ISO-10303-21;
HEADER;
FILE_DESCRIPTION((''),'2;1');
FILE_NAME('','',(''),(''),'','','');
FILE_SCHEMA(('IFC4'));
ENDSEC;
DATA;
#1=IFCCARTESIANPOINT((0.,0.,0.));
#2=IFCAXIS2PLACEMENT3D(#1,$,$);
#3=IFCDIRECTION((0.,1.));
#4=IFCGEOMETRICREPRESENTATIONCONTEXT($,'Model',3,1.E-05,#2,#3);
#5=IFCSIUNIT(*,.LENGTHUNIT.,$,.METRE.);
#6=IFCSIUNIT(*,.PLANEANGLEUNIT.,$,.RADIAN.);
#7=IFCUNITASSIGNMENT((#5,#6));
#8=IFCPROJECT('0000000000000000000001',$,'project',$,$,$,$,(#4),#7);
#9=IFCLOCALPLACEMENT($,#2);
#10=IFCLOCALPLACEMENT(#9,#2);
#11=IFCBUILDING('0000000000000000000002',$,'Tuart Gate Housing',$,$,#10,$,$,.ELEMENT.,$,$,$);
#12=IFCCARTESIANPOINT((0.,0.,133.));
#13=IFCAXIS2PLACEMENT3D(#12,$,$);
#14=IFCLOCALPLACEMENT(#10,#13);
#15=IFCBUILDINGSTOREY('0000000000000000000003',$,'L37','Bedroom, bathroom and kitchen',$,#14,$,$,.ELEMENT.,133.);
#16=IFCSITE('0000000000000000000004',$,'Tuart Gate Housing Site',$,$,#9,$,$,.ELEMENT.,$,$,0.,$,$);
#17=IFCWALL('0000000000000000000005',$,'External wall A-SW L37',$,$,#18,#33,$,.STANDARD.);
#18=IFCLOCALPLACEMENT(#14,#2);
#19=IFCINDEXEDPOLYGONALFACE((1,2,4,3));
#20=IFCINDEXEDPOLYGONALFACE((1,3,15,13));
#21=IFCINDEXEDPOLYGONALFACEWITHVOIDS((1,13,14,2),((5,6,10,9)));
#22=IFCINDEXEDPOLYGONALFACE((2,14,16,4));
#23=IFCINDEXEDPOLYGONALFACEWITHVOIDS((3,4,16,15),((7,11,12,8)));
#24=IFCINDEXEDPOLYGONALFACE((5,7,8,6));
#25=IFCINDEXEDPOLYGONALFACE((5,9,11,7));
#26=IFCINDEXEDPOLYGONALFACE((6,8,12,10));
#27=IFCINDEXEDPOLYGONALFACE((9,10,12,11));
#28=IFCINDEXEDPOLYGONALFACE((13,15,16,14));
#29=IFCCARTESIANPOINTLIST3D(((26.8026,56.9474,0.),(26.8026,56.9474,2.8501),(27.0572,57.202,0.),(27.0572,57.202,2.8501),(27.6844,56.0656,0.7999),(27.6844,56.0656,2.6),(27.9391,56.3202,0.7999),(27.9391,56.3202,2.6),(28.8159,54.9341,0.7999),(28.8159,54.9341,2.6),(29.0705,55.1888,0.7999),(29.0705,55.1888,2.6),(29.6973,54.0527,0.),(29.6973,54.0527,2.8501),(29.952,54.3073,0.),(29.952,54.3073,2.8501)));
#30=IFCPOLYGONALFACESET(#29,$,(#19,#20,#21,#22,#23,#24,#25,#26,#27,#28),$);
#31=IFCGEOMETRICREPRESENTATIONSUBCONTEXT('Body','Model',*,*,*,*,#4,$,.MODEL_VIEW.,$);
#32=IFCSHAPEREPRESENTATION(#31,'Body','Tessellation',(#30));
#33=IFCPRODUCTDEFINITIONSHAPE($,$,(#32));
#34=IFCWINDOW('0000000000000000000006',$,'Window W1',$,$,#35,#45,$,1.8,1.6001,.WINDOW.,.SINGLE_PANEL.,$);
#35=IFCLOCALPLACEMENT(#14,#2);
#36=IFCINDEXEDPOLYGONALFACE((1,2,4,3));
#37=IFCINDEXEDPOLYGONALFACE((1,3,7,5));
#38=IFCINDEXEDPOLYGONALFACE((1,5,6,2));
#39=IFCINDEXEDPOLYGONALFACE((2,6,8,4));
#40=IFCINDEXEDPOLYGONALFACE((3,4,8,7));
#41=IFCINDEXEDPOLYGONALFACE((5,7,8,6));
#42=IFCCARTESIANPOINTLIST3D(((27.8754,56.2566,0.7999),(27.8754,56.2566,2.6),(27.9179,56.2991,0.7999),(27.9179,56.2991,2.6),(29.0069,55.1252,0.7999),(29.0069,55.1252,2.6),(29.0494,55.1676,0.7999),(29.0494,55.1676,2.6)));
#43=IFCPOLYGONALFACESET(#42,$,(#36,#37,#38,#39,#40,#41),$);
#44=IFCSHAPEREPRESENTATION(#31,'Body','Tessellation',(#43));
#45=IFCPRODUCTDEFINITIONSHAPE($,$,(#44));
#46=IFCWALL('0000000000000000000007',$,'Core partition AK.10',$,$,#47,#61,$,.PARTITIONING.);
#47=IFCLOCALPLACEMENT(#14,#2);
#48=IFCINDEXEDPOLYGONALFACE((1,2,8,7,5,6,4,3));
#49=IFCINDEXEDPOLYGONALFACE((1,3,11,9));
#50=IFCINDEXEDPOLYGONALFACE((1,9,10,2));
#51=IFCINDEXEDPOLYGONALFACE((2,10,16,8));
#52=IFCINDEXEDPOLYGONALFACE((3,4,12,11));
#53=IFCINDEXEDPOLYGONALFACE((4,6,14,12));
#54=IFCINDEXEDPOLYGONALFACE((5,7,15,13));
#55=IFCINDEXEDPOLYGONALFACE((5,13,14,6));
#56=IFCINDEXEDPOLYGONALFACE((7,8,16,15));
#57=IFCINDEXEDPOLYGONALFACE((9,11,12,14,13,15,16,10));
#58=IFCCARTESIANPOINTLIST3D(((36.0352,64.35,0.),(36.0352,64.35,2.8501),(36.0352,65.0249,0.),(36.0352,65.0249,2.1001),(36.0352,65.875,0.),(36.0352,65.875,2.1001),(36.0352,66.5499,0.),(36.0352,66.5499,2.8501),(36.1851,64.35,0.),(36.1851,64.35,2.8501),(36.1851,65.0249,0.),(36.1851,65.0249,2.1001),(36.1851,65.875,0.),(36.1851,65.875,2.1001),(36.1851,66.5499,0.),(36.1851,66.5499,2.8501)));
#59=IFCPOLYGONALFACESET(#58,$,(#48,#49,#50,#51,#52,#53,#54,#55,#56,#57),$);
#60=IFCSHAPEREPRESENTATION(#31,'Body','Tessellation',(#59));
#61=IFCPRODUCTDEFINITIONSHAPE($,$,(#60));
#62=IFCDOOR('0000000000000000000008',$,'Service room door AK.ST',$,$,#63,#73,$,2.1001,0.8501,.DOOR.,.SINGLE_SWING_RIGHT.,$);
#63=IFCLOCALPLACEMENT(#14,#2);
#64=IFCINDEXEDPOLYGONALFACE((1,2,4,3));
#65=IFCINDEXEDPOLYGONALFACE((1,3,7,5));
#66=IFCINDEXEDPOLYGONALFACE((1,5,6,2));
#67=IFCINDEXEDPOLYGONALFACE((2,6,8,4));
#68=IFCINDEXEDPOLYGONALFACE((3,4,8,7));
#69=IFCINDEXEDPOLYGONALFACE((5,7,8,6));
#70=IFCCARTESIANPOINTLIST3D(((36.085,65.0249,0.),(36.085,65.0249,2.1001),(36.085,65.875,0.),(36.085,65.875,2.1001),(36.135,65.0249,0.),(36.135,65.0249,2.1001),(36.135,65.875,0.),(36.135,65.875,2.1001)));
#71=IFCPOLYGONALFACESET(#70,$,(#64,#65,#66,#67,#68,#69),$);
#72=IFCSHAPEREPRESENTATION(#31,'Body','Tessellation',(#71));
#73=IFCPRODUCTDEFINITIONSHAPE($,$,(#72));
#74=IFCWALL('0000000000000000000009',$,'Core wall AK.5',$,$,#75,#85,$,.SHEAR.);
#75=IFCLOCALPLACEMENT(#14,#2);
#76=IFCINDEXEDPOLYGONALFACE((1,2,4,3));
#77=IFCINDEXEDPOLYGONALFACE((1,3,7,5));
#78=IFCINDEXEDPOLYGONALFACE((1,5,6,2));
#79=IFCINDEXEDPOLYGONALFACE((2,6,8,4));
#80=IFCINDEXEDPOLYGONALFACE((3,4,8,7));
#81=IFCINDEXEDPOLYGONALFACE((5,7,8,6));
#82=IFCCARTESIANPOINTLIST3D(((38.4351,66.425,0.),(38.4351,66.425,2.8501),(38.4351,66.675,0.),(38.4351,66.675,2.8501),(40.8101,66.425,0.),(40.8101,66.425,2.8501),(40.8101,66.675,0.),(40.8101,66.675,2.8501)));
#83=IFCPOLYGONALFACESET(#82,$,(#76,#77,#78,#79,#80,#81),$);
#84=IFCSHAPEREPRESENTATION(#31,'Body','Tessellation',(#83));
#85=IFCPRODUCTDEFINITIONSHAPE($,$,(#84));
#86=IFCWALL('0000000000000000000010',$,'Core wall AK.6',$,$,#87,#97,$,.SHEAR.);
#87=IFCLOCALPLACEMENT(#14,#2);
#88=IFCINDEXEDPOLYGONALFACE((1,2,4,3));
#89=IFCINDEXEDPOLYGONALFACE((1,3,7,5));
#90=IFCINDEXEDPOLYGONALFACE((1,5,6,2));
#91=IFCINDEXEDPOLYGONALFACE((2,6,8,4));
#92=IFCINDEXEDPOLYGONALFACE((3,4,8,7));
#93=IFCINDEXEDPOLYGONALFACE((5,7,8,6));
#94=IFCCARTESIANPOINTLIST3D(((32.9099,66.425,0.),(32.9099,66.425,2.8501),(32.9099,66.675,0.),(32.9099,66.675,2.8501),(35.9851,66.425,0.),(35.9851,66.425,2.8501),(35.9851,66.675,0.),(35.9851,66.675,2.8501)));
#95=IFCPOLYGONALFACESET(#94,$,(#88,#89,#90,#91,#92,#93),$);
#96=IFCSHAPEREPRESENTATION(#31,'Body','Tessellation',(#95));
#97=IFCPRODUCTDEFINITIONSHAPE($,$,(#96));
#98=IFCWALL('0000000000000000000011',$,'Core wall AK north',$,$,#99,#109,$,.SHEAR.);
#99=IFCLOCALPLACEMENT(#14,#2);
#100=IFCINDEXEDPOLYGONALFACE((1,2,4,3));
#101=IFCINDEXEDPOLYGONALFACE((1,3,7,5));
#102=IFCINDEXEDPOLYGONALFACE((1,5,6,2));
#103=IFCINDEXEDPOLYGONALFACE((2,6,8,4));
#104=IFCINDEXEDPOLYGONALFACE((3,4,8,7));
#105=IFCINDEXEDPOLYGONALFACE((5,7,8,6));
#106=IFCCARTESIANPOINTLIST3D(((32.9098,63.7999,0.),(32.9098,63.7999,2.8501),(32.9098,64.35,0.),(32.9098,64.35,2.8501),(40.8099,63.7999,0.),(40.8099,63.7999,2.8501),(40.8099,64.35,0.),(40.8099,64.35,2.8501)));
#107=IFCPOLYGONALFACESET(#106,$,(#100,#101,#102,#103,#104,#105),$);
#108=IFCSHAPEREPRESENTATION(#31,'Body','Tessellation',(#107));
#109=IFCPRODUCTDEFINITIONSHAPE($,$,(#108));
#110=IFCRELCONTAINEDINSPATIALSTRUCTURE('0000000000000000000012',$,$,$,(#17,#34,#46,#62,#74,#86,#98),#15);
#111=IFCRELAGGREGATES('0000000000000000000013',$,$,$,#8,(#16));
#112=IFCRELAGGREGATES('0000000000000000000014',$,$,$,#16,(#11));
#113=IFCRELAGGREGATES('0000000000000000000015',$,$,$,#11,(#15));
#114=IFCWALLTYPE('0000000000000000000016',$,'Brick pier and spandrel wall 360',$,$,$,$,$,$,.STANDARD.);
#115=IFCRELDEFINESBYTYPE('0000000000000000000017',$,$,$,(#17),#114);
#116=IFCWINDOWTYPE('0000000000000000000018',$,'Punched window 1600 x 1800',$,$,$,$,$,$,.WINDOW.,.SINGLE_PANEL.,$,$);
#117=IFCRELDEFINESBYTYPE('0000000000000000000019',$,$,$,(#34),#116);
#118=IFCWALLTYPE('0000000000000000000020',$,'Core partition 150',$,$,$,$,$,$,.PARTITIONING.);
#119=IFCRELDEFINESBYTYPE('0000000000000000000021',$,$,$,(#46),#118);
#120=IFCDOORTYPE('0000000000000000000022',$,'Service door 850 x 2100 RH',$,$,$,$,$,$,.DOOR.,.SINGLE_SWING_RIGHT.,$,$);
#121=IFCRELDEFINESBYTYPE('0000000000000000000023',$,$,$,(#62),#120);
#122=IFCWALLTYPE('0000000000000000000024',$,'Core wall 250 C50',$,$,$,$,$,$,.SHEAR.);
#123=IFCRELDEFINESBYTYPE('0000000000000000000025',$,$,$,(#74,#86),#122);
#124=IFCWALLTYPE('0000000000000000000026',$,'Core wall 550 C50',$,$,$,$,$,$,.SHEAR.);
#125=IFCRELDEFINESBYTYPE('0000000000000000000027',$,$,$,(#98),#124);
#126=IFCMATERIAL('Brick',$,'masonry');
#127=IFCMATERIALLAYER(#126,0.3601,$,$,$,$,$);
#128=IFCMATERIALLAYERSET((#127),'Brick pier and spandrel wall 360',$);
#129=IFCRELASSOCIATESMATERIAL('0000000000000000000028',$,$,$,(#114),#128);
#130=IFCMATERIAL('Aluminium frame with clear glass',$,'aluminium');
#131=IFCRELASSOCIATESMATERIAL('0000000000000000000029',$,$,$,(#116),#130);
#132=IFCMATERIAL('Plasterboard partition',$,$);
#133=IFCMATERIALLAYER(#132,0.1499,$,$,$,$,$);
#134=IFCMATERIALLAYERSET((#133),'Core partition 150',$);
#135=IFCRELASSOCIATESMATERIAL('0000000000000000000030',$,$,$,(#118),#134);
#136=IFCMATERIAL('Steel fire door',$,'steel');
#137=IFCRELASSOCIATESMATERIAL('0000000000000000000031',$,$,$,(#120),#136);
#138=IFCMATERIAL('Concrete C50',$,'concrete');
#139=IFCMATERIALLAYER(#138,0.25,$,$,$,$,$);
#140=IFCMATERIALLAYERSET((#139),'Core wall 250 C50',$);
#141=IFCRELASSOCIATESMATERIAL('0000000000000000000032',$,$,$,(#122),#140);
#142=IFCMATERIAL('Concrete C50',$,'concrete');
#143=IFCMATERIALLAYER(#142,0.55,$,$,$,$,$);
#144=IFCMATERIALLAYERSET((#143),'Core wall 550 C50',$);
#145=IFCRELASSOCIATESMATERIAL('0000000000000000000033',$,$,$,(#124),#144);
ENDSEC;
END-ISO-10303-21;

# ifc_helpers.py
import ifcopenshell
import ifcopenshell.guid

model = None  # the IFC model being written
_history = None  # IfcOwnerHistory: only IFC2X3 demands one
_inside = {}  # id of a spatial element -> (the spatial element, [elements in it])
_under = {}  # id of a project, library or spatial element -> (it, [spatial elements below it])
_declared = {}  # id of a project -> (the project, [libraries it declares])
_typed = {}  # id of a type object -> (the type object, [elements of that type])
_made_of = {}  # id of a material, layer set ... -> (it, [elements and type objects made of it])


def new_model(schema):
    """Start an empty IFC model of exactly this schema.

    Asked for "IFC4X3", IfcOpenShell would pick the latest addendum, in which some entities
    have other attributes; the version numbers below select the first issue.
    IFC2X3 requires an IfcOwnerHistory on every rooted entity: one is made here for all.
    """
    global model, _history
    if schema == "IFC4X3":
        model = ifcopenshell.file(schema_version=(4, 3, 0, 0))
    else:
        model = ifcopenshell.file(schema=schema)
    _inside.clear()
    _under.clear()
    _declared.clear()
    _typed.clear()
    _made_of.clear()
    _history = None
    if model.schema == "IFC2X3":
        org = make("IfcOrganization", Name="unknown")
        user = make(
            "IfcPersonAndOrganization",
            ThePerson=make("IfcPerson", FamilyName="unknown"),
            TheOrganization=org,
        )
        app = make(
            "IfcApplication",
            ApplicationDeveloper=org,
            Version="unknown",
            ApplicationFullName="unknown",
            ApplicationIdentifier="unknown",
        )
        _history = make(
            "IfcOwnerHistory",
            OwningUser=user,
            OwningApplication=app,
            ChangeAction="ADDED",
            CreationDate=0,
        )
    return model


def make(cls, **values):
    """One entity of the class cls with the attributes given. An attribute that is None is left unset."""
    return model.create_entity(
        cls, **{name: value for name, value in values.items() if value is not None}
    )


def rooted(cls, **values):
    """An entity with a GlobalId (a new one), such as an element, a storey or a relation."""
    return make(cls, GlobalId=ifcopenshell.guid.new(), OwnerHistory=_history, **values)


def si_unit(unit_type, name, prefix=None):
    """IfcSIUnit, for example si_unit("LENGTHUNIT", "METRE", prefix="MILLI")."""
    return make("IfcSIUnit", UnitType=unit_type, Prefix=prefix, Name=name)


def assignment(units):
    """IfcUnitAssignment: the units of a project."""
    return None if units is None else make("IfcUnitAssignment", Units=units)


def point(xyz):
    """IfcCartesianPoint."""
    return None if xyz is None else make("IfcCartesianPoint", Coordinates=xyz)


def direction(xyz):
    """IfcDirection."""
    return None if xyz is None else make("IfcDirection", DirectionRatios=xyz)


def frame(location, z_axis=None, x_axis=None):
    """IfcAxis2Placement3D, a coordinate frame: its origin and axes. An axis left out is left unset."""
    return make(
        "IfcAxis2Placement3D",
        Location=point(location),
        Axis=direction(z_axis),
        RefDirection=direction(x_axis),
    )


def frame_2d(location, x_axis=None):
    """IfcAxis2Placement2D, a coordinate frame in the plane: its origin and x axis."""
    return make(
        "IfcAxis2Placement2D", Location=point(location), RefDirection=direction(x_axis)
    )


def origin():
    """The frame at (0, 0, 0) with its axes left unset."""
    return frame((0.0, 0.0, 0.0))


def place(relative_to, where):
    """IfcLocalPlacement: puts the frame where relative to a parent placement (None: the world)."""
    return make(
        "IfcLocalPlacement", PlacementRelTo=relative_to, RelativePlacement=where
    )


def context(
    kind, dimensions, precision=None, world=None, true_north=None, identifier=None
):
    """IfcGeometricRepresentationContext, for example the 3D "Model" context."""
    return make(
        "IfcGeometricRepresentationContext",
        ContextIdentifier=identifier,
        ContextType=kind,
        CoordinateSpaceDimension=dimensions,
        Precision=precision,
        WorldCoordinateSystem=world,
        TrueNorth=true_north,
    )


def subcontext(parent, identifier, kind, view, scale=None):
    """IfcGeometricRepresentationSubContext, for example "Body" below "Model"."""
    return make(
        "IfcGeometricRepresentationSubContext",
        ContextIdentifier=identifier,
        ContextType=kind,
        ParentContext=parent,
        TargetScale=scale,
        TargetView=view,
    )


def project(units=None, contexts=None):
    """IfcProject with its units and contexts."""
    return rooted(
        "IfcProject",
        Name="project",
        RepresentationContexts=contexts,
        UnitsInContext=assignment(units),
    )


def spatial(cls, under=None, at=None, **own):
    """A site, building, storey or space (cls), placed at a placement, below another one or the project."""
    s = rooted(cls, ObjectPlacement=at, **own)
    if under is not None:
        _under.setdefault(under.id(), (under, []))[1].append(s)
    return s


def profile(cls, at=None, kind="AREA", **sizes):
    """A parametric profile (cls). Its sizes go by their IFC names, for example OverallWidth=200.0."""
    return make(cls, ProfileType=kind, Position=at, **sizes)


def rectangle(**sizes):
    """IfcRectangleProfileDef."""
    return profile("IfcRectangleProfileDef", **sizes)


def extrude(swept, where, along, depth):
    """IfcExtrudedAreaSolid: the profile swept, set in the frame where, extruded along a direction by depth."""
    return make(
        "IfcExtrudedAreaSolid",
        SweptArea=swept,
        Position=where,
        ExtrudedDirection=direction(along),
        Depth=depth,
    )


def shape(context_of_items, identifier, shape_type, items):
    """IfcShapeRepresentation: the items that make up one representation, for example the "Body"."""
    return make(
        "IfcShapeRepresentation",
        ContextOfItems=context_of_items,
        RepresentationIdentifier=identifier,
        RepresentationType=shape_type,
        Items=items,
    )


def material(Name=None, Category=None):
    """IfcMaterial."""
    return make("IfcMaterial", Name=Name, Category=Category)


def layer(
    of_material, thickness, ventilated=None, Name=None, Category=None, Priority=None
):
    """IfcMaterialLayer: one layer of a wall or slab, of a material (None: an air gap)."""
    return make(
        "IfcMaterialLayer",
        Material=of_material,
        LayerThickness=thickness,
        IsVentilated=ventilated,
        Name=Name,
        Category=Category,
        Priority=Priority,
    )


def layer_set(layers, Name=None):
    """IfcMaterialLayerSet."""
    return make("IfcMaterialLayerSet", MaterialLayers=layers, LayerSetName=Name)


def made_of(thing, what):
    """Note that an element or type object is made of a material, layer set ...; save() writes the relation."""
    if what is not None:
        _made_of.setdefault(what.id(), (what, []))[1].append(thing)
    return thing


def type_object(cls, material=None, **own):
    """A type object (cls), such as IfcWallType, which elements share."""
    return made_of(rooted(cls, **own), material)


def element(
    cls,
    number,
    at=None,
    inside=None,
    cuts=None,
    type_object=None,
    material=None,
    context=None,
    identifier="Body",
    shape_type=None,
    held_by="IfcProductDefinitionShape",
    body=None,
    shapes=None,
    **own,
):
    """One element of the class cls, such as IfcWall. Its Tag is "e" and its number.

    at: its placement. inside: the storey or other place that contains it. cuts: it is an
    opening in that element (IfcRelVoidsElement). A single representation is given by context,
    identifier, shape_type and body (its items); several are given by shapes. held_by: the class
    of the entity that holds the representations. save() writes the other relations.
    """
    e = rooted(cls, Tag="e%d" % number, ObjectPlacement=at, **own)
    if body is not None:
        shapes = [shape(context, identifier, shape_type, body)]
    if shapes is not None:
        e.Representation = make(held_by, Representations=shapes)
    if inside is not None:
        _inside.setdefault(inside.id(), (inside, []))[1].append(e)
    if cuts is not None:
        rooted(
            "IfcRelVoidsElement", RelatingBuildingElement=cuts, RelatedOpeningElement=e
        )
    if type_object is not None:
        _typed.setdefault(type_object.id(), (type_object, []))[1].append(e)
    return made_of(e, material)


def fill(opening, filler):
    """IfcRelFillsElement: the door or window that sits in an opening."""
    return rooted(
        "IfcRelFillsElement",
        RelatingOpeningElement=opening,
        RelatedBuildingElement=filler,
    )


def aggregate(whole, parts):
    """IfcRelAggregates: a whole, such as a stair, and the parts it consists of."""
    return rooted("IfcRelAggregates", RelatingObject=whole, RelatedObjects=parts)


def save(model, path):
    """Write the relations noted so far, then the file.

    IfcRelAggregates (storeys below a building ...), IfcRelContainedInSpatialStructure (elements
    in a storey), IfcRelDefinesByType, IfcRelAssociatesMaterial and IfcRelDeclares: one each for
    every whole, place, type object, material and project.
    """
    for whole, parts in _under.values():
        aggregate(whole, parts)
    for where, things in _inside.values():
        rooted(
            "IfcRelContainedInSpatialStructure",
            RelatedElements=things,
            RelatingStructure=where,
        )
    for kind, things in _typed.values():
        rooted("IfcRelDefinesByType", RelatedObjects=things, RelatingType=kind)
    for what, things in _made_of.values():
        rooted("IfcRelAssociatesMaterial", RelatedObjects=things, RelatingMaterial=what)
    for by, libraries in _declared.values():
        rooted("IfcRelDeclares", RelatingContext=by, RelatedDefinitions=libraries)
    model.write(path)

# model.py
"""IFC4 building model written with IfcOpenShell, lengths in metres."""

from ifc_helpers import new_model, si_unit, direction, frame, frame_2d, origin, place, context, subcontext, project, spatial, rectangle, extrude, material, layer, layer_set, type_object, element, fill, save


model = new_model("IFC4")

# Units and contexts
model_context = context("Model", 3, precision=1e-05, world=origin(), true_north=direction((0.0, 1.0)))
body_context = subcontext(model_context, "Body", "Model", "MODEL_VIEW")
ifc_project = project(units=[si_unit("LENGTHUNIT", "METRE"), si_unit("PLANEANGLEUNIT", "RADIAN")], contexts=[model_context])

# Site, building, storey
site_placement = place(None, origin())
site = spatial("IfcSite", under=ifc_project, at=site_placement, Name="Tuart Gate Housing Site", CompositionType="ELEMENT", RefElevation=0.0)
building_placement = place(site_placement, origin())
building = spatial("IfcBuilding", under=site, at=building_placement, Name="Tuart Gate Housing", CompositionType="ELEMENT")
storey_placement = place(building_placement, frame((0.0, 0.0, 133.0)))
storey = spatial("IfcBuildingStorey", under=building, at=storey_placement, Name="L37", Description="Bedroom, bathroom and kitchen", CompositionType="ELEMENT", Elevation=133.0)

# Wall, opening, window
ifc_material_1 = material(Name="Brick", Category="masonry")
ifc_layer_1 = layer(ifc_material_1, 0.3601)
ifc_layer_set_1 = layer_set([ifc_layer_1], Name="Brick pier and spandrel wall 360")
wall_type_1 = type_object("IfcWallType", Name="Brick pier and spandrel wall 360", PredefinedType="STANDARD", material=ifc_layer_set_1)
wall_1_placement = place(storey_placement, frame((26.9299, 57.0747, 0.0), z_axis=(0.0, 0.0, 1.0), x_axis=(0.707107, -0.707107, 0.0)))
wall_1 = element("IfcWall", 1, at=wall_1_placement, inside=storey, type_object=wall_type_1, Name="External wall A-SW L37", PredefinedType="STANDARD", context=body_context, shape_type="SweptSolid", body=[
    extrude(rectangle(XDim=4.0938, YDim=0.3601, at=frame_2d((2.0469, 0.0))), origin(), (0.0, 0.0, 1.0), 2.8501),
])
opening_1_placement = place(wall_1_placement, frame((1.2471, 0.0, 0.8)))
opening_1 = element("IfcOpeningElement", 2, at=opening_1_placement, cuts=wall_1, PredefinedType="OPENING", context=body_context, shape_type="SweptSolid", body=[
    extrude(rectangle(XDim=1.6001, YDim=1.8, at=frame_2d((0.8, 0.8999))), frame((0.0, 0.1899, 0.0), z_axis=(0.0, -1.0, 0.0), x_axis=(1.0, 0.0, 0.0)), (0.0, 0.0, 1.0), 0.3801),
])
ifc_material_2 = material(Name="Aluminium frame with clear glass", Category="aluminium")
window_type = type_object("IfcWindowType", Name="Punched window 1600 x 1800", PartitioningType="SINGLE_PANEL", PredefinedType="WINDOW", material=ifc_material_2)
window_placement = place(opening_1_placement, origin())
window = element("IfcWindow", 3, at=window_placement, inside=storey, type_object=window_type, Name="Window W1", OverallHeight=1.8, OverallWidth=1.6001, PartitioningType="SINGLE_PANEL", PredefinedType="WINDOW", context=body_context, shape_type="SweptSolid", body=[
    extrude(rectangle(XDim=1.6001, YDim=1.8, at=frame_2d((0.8, 0.8999))), frame((0.0, 0.1501, 0.0), z_axis=(0.0, -1.0, 0.0), x_axis=(1.0, 0.0, 0.0)), (0.0, 0.0, 1.0), 0.0601),
])
fill(opening_1, window)

# Wall, opening, door
ifc_material_3 = material(Name="Plasterboard partition")
ifc_layer_2 = layer(ifc_material_3, 0.1499)
ifc_layer_set_2 = layer_set([ifc_layer_2], Name="Core partition 150")
wall_type_2 = type_object("IfcWallType", Name="Core partition 150", PredefinedType="PARTITIONING", material=ifc_layer_set_2)
wall_2_placement = place(storey_placement, frame((36.1101, 66.55, 0.0), z_axis=(0.0, 0.0, 1.0), x_axis=(0.0, -1.0, 0.0)))
wall_2 = element("IfcWall", 4, at=wall_2_placement, inside=storey, type_object=wall_type_2, Name="Core partition AK.10", PredefinedType="PARTITIONING", context=body_context, shape_type="SweptSolid", body=[
    extrude(rectangle(XDim=2.2, YDim=0.1499, at=frame_2d((1.1001, 0.0))), origin(), (0.0, 0.0, 1.0), 2.8501),
])
opening_2_placement = place(wall_2_placement, frame((0.675, 0.0, 0.0)))
opening_2 = element("IfcOpeningElement", 5, at=opening_2_placement, cuts=wall_2, PredefinedType="OPENING", context=body_context, shape_type="SweptSolid", body=[
    extrude(rectangle(XDim=0.8501, YDim=2.1001, at=frame_2d((0.425, 1.05))), frame((0.0, 0.085, 0.0), z_axis=(0.0, -1.0, 0.0), x_axis=(1.0, 0.0, 0.0)), (0.0, 0.0, 1.0), 0.1699),
])
ifc_material_4 = material(Name="Steel fire door", Category="steel")
door_type_1 = type_object("IfcDoorType", Name="Service door 850 x 2100 RH", OperationType="SINGLE_SWING_RIGHT", PredefinedType="DOOR", material=ifc_material_4)
door_1_placement = place(opening_2_placement, frame((0.8501, 0.0, 0.0), z_axis=(0.0, 0.0, 1.0), x_axis=(-1.0, 0.0, 0.0)))
door_1 = element("IfcDoor", 6, at=door_1_placement, inside=storey, type_object=door_type_1, Name="Service room door AK.ST", OperationType="SINGLE_SWING_RIGHT", OverallHeight=2.1001, OverallWidth=0.8501, PredefinedType="DOOR", context=body_context, shape_type="SweptSolid", body=[
    extrude(rectangle(XDim=0.8501, YDim=2.1001, at=frame_2d((0.425, 1.05))), frame((0.0, 0.0251, 0.0), z_axis=(0.0, -1.0, 0.0), x_axis=(1.0, 0.0, 0.0)), (0.0, 0.0, 1.0), 0.05),
])
fill(opening_2, door_1)

# Walls
ifc_material_5 = material(Name="Concrete C50", Category="concrete")
ifc_layer_3 = layer(ifc_material_5, 0.25)
ifc_layer_set_3 = layer_set([ifc_layer_3], Name="Core wall 250 C50")
wall_type_3 = type_object("IfcWallType", Name="Core wall 250 C50", PredefinedType="SHEAR", material=ifc_layer_set_3)
wall_3_placement = place(storey_placement, frame((40.8101, 66.55, 0.0), z_axis=(0.0, 0.0, 1.0), x_axis=(-1.0, 0.0, 0.0)))
element("IfcWall", 7, at=wall_3_placement, inside=storey, type_object=wall_type_3, Name="Core wall AK.5", PredefinedType="SHEAR", context=body_context, shape_type="SweptSolid", body=[
    extrude(rectangle(XDim=2.375, YDim=0.25, at=frame_2d((1.1875, 0.0))), origin(), (0.0, 0.0, 1.0), 2.8501),
])
wall_4_placement = place(storey_placement, frame((35.9851, 66.55, 0.0), z_axis=(0.0, 0.0, 1.0), x_axis=(-1.0, 0.0, 0.0)))
element("IfcWall", 8, at=wall_4_placement, inside=storey, type_object=wall_type_3, Name="Core wall AK.6", PredefinedType="SHEAR", context=body_context, shape_type="SweptSolid", body=[
    extrude(rectangle(XDim=3.0752, YDim=0.25, at=frame_2d((1.5376, 0.0))), origin(), (0.0, 0.0, 1.0), 2.8501),
])
ifc_material_6 = material(Name="Concrete C50", Category="concrete")
ifc_layer_4 = layer(ifc_material_6, 0.55)
ifc_layer_set_4 = layer_set([ifc_layer_4], Name="Core wall 550 C50")
wall_type_4 = type_object("IfcWallType", Name="Core wall 550 C50", PredefinedType="SHEAR", material=ifc_layer_set_4)
wall_5_placement = place(storey_placement, frame((40.8101, 64.075, 0.0), z_axis=(0.0, 0.0, 1.0), x_axis=(-1.0, 0.0, 0.0)))
element("IfcWall", 9, at=wall_5_placement, inside=storey, type_object=wall_type_4, Name="Core wall AK north", PredefinedType="SHEAR", context=body_context, shape_type="SweptSolid", body=[
    extrude(rectangle(XDim=7.9001, YDim=0.55, at=frame_2d((3.9502, 0.0))), origin(), (0.0, 0.0, 1.0), 2.8501),
])

save(model, "model.ifc")
